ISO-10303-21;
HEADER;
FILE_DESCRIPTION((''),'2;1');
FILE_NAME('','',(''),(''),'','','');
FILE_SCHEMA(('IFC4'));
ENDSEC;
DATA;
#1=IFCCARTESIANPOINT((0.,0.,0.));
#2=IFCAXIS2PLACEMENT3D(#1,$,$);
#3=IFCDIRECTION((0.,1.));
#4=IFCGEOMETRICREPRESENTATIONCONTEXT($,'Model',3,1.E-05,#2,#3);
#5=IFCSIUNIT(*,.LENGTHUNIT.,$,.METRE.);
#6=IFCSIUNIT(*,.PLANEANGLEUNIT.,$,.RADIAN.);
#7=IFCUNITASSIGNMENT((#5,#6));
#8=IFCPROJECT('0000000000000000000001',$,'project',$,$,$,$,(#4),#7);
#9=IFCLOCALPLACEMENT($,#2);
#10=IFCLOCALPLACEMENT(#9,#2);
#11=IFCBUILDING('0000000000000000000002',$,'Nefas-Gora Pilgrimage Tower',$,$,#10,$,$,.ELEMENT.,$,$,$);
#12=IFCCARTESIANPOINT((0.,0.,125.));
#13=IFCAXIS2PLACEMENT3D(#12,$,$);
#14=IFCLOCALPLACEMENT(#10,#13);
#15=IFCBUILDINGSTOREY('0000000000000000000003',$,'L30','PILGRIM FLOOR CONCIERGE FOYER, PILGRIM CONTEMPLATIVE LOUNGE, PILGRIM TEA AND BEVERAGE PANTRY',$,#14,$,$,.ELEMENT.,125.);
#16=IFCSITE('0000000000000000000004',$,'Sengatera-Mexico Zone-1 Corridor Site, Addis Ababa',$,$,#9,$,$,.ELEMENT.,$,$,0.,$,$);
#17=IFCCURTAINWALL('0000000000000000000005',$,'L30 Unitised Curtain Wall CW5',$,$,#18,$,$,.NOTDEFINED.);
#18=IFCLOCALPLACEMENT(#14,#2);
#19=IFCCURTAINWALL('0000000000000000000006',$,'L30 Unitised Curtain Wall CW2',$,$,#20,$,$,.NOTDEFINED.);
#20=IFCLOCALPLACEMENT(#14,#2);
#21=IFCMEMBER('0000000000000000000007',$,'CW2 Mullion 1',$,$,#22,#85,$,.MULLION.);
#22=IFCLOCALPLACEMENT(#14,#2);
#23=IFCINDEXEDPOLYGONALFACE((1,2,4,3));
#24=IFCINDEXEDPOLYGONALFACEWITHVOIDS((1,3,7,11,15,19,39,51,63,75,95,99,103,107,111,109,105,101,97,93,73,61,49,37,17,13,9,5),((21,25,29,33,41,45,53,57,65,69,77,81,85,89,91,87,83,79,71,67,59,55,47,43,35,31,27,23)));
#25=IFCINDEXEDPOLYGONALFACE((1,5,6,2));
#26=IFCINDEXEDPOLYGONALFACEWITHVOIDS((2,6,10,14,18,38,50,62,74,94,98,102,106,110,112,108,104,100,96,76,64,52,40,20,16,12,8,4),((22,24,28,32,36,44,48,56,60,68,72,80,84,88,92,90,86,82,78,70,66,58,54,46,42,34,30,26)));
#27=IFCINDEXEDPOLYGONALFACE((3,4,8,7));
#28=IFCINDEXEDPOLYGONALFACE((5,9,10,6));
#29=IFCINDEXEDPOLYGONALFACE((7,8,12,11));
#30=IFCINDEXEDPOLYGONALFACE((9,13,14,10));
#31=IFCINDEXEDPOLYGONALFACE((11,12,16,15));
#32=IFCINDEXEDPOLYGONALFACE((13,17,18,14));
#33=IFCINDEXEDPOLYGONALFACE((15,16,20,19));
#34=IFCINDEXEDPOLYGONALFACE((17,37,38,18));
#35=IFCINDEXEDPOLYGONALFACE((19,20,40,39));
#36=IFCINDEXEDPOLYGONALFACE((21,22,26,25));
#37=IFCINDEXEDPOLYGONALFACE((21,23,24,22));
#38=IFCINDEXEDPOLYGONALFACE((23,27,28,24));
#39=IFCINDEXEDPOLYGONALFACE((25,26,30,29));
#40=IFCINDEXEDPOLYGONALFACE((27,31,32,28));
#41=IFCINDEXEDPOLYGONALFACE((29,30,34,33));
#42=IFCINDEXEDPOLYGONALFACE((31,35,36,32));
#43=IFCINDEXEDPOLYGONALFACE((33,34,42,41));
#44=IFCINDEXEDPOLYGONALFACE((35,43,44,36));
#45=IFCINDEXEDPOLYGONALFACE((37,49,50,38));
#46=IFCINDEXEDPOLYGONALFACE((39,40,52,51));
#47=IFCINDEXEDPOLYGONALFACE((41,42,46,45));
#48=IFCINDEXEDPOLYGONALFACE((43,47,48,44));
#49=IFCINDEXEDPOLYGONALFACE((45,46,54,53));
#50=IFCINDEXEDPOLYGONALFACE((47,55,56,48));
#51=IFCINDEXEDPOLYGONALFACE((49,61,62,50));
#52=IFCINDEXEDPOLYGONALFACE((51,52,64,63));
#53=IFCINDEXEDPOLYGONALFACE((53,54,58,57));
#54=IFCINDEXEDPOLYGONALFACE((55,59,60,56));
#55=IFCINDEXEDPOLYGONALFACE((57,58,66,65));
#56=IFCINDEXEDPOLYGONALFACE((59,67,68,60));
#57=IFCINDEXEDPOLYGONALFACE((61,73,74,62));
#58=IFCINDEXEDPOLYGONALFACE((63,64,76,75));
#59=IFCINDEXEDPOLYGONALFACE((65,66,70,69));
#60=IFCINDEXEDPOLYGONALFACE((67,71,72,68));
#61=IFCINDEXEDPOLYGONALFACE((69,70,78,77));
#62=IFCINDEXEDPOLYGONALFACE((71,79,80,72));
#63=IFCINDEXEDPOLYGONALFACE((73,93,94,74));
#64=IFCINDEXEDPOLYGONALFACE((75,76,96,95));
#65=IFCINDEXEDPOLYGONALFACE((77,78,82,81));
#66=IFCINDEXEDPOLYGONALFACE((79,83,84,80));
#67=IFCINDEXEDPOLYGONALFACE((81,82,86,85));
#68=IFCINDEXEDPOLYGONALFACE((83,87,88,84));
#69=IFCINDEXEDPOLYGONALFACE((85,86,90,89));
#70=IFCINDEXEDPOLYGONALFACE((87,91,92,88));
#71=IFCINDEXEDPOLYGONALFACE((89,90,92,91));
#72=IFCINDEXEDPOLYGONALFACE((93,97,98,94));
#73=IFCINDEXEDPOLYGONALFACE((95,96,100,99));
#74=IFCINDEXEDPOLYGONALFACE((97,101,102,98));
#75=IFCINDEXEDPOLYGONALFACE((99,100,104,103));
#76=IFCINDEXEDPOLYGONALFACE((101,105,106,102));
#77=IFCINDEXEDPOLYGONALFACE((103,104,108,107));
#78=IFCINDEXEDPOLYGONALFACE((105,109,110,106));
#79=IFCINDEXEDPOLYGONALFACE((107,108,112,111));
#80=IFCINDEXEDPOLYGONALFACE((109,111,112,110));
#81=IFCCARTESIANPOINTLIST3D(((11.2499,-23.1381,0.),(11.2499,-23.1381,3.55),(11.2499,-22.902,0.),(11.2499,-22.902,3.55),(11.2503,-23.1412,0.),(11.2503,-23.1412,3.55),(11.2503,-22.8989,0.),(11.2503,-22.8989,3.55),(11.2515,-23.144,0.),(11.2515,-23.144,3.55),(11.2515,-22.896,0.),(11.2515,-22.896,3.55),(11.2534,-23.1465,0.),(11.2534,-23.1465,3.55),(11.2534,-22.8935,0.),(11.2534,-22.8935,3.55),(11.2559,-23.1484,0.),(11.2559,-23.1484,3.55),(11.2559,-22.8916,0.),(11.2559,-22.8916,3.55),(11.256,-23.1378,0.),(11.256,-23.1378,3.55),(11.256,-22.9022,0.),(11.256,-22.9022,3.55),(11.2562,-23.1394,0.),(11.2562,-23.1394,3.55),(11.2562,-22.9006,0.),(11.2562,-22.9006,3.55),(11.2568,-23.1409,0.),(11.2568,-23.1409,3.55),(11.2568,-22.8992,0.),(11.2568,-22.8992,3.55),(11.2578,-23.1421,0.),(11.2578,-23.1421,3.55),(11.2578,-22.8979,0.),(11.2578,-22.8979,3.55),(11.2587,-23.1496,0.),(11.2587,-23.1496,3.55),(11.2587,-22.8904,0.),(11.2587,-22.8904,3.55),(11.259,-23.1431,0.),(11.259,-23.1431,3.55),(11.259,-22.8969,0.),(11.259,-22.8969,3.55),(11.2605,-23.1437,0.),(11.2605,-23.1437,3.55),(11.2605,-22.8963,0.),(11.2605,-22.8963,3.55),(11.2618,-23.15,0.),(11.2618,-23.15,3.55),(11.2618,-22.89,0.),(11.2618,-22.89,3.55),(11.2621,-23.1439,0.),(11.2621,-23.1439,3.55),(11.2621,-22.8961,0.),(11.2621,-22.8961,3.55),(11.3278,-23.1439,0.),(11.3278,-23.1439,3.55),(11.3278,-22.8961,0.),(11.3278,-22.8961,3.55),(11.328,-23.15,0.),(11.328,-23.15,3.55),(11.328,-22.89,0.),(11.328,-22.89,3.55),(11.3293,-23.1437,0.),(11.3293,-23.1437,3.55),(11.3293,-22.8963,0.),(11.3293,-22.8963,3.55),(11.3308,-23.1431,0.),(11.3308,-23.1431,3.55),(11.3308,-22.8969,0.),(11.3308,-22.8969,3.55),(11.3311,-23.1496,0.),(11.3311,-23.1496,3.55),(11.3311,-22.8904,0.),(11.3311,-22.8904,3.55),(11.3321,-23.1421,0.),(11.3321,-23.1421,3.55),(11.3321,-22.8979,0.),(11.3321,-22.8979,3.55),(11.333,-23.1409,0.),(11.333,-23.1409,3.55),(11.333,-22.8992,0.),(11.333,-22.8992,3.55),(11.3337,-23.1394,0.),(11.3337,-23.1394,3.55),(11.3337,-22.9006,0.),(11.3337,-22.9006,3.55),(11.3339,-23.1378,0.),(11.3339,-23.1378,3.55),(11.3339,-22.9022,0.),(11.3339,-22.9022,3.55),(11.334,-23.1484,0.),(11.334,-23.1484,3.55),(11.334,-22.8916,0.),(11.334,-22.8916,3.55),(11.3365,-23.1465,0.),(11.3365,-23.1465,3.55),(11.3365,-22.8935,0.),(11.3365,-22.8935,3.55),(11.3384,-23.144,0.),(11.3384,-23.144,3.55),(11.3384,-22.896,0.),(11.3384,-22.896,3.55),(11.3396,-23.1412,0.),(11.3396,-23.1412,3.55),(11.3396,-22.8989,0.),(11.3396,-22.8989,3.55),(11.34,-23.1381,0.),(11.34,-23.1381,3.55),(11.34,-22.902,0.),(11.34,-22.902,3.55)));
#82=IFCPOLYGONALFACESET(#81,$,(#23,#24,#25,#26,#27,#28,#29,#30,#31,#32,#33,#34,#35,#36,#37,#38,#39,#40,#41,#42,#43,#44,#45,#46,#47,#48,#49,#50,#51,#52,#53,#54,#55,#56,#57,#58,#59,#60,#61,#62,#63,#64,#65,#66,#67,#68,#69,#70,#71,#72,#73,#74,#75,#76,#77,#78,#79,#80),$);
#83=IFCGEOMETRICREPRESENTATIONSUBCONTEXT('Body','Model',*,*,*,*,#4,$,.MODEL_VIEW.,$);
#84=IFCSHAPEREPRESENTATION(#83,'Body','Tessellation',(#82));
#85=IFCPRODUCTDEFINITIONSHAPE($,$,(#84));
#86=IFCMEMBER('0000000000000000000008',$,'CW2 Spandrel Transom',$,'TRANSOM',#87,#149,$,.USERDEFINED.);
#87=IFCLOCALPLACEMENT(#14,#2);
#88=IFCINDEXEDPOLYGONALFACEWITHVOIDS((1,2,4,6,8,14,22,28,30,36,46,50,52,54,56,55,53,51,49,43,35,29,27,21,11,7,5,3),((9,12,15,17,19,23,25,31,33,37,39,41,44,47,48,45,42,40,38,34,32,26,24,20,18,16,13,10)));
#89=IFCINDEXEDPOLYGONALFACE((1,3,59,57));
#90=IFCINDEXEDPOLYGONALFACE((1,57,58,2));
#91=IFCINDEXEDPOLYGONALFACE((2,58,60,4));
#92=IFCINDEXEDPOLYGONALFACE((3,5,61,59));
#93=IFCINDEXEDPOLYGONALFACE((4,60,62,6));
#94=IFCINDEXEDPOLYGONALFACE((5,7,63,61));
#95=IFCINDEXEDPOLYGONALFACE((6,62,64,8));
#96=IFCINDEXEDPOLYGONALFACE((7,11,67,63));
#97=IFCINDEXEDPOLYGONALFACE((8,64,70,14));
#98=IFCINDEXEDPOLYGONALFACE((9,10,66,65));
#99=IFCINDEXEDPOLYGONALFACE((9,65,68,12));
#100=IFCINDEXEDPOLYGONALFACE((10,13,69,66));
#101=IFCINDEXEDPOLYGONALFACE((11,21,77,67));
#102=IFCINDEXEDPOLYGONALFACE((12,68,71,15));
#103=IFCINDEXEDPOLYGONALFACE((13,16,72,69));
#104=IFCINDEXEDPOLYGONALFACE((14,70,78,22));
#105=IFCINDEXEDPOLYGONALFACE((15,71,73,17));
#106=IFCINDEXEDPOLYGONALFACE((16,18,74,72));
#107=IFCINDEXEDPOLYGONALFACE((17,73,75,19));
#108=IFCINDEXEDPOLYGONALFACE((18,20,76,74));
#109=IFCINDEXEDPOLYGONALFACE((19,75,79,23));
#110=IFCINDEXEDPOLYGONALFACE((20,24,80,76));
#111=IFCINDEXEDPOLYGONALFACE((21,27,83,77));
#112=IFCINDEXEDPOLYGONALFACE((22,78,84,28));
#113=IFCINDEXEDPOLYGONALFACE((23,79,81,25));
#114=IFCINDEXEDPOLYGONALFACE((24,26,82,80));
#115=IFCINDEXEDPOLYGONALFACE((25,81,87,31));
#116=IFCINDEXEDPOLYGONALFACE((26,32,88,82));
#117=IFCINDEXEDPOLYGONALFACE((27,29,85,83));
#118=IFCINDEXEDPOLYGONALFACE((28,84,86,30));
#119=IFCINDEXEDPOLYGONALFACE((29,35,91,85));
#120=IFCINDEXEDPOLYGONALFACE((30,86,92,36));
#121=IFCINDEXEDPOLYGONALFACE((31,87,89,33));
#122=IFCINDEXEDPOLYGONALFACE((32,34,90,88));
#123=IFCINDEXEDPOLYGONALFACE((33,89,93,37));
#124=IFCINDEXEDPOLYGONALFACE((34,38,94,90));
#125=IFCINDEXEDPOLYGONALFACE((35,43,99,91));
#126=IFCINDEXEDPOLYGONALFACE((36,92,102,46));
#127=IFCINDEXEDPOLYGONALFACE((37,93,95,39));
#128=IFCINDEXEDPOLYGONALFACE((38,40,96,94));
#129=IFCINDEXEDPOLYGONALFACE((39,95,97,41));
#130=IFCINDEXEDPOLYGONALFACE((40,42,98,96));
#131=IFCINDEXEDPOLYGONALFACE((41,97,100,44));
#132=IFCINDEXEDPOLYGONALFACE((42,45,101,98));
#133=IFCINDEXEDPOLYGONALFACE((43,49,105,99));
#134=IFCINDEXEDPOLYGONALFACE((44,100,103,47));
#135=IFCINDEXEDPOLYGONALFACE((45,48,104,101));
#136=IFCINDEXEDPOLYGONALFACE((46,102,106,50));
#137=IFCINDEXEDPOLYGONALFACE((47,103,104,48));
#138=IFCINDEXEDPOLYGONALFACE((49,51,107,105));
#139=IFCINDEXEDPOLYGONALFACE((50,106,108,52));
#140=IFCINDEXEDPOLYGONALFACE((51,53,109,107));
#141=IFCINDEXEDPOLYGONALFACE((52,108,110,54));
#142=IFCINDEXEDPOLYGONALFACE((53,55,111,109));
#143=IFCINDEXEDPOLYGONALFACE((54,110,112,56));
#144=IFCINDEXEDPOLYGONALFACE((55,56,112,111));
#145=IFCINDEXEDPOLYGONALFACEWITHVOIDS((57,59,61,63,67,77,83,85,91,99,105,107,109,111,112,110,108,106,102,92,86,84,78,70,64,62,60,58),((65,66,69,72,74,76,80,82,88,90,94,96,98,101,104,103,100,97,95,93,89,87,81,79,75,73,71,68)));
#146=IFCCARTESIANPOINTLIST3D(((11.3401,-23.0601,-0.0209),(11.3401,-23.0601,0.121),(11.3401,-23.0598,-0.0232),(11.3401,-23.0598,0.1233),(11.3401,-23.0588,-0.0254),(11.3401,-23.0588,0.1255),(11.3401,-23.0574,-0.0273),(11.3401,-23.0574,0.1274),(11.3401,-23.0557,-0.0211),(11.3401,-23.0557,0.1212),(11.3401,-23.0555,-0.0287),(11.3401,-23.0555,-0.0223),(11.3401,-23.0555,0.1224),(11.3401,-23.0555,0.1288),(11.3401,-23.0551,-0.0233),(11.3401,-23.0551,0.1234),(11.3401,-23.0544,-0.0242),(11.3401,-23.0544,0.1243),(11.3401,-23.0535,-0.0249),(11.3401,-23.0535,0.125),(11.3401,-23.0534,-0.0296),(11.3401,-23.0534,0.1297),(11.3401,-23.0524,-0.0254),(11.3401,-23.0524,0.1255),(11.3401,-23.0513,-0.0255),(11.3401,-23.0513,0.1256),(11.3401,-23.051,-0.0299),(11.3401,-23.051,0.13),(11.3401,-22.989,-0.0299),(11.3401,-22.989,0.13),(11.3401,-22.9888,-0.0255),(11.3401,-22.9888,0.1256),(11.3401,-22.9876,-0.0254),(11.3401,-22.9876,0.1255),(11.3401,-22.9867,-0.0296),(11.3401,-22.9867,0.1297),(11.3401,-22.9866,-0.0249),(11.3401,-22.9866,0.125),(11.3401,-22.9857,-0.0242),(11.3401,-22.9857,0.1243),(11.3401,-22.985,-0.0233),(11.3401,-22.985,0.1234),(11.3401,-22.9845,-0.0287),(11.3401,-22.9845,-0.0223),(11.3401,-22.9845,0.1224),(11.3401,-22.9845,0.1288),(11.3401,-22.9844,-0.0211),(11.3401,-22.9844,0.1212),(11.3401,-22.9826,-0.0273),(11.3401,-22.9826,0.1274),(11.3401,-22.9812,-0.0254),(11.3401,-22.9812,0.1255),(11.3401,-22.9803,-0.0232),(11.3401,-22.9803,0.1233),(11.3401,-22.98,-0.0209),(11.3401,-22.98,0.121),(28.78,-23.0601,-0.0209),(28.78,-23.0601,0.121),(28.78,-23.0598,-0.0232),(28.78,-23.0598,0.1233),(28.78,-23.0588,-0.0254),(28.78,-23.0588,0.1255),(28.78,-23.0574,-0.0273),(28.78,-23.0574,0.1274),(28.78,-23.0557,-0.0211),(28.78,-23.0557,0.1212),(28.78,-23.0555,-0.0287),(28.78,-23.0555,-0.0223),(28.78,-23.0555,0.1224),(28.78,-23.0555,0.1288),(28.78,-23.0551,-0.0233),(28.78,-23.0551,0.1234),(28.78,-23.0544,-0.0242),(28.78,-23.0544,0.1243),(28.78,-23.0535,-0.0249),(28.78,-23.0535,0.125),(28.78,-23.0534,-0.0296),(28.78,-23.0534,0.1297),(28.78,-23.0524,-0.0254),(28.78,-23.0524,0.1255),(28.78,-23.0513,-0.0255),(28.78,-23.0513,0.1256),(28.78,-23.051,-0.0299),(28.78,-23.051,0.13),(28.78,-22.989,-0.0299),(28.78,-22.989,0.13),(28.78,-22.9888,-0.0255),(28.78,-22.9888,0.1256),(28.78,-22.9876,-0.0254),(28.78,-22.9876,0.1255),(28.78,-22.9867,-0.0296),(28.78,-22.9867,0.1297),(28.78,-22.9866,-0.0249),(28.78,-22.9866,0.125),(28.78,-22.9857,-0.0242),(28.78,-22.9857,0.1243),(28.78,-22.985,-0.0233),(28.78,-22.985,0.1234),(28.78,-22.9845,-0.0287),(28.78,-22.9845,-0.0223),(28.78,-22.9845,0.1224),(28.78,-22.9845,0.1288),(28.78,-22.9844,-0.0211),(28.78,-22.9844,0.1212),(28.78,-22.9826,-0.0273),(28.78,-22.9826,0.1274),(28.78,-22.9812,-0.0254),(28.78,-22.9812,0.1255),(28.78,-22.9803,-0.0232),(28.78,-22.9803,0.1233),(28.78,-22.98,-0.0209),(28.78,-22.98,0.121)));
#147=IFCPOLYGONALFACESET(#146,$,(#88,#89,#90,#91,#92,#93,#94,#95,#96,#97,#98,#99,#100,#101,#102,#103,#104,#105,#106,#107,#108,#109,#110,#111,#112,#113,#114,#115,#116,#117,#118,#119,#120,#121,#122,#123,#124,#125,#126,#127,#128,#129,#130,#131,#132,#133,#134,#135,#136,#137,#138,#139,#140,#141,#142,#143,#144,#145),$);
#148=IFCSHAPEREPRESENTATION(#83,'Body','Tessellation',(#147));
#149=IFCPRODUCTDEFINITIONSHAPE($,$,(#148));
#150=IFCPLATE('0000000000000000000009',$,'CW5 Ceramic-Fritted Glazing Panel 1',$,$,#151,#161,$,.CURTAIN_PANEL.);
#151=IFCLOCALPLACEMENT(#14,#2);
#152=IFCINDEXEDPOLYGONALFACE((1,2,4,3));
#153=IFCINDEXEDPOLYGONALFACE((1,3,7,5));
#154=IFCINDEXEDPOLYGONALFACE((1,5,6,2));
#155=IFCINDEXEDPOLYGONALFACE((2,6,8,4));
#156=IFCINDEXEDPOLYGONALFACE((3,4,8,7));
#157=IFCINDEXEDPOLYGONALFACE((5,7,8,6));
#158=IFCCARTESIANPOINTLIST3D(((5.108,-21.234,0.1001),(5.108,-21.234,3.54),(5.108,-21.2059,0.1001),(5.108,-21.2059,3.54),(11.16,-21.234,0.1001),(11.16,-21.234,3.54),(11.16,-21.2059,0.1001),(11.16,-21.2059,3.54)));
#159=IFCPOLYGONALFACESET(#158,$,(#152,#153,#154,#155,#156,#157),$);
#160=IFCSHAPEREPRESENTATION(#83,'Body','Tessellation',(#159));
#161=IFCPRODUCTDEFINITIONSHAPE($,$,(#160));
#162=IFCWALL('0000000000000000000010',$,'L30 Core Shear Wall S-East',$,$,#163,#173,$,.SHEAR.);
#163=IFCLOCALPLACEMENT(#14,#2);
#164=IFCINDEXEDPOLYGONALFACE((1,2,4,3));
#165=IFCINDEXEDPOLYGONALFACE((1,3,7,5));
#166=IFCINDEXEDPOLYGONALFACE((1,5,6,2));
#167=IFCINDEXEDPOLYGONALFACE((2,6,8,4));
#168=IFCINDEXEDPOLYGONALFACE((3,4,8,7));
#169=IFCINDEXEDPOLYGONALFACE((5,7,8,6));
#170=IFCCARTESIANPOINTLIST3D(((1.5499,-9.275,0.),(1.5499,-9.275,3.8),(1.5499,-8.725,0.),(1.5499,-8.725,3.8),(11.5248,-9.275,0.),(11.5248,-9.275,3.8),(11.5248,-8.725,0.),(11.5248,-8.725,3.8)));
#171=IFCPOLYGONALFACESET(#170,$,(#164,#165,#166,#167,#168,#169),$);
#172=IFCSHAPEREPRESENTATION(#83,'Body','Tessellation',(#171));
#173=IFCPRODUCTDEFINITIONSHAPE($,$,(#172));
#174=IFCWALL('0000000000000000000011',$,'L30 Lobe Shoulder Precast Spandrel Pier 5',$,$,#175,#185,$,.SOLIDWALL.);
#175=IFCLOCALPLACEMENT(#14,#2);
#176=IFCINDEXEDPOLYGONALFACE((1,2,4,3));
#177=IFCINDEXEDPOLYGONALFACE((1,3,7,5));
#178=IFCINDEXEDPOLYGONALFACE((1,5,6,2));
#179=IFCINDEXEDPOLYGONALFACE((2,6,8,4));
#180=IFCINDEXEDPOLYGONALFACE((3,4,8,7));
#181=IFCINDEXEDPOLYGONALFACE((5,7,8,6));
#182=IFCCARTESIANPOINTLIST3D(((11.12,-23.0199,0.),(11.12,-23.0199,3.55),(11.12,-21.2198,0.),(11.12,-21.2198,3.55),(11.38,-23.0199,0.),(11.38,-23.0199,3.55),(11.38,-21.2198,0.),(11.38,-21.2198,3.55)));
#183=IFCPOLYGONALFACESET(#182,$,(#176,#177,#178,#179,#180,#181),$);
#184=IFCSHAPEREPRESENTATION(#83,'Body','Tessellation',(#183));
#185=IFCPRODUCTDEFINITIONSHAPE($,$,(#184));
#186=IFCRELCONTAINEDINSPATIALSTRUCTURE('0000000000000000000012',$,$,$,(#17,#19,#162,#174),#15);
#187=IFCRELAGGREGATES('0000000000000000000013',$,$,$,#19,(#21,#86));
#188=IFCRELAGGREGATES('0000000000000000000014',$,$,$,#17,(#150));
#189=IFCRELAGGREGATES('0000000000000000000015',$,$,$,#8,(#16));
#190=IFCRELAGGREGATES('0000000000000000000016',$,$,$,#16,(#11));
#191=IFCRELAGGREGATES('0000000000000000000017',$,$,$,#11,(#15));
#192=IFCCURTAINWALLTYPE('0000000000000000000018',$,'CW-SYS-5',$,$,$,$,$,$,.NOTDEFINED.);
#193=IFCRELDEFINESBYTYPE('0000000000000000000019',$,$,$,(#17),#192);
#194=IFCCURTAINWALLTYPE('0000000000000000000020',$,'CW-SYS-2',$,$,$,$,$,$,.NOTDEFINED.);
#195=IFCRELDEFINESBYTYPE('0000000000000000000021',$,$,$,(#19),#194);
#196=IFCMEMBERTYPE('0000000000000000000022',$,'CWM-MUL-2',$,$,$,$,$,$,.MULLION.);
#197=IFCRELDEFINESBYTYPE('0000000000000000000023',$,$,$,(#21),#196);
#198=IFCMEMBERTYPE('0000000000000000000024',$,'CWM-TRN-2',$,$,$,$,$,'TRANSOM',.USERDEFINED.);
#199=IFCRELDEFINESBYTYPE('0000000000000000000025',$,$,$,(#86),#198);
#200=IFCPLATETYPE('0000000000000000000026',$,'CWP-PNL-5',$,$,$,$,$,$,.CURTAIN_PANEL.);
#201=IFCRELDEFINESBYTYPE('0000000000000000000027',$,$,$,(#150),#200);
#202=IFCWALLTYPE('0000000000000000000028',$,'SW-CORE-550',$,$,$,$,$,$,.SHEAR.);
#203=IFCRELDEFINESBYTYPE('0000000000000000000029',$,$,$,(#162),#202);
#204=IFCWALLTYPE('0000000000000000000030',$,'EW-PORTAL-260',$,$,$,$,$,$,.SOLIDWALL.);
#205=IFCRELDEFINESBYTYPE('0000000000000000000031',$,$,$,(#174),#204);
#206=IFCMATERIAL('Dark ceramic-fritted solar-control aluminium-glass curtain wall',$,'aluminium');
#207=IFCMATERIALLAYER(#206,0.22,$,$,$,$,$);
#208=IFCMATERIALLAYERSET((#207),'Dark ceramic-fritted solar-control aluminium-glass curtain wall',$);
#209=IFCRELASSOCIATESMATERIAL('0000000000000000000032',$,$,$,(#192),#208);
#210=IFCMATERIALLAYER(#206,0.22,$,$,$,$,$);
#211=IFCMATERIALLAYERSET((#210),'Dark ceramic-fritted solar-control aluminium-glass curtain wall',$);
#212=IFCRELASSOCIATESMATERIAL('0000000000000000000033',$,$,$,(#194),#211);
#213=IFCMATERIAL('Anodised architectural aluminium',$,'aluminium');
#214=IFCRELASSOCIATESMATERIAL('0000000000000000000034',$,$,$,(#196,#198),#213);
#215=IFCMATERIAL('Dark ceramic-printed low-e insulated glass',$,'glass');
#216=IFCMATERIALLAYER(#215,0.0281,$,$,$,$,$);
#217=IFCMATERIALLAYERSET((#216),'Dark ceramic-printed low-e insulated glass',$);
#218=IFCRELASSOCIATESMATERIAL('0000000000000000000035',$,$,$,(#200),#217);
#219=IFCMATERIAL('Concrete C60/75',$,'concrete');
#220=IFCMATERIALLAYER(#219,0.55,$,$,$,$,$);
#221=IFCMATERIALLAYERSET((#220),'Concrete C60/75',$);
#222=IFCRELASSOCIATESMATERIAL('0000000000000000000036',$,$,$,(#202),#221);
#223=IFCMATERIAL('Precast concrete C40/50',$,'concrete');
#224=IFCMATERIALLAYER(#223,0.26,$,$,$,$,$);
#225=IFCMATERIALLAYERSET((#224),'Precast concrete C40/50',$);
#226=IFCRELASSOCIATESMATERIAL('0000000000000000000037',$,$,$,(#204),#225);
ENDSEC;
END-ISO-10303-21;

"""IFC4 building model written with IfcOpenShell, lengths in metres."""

from ifc_helpers import new_model, si_unit, direction, frame, frame_2d, origin, origin_2d, place, context, subcontext, project, spatial, rectangle, hollow_rectangle, extrude, source, transform, mapped, material, layer, layer_set, material_profile, profile_set, type_object, element, aggregate, save


model = new_model("IFC4")

# Units and contexts
model_context = context("Model", 3, precision=1e-05, world=origin(), true_north=direction((0.0, 1.0)))
body_context = subcontext(model_context, "Body", "Model", "MODEL_VIEW")
ifc_project = project(units=[si_unit("LENGTHUNIT", "METRE"), si_unit("PLANEANGLEUNIT", "RADIAN")], contexts=[model_context])

# Site, building, storey
site_placement = place(None, origin())
site = spatial("IfcSite", under=ifc_project, at=site_placement, Name="Sengatera-Mexico Zone-1 Corridor Site, Addis Ababa", CompositionType="ELEMENT", RefElevation=0.0)
building_placement = place(site_placement, origin())
building = spatial("IfcBuilding", under=site, at=building_placement, Name="Nefas-Gora Pilgrimage Tower", CompositionType="ELEMENT")
storey_placement = place(building_placement, frame((0.0, 0.0, 125.0)))
storey = spatial("IfcBuildingStorey", under=building, at=storey_placement, Name="L30", Description="PILGRIM FLOOR CONCIERGE FOYER, PILGRIM CONTEMPLATIVE LOUNGE, PILGRIM TEA AND BEVERAGE PANTRY", CompositionType="ELEMENT", Elevation=125.0)

# Curtain wall
ifc_material_1 = material(Name="Dark ceramic-fritted solar-control aluminium-glass curtain wall", Category="aluminium")
ifc_layer_1 = layer(ifc_material_1, 0.22)
ifc_layer_set_1 = layer_set([ifc_layer_1], Name="Dark ceramic-fritted solar-control aluminium-glass curtain wall")
curtain_wall_type_1 = type_object("IfcCurtainWallType", Name="CW-SYS-5", PredefinedType="NOTDEFINED", material=ifc_layer_set_1)
curtain_wall_1_placement = place(storey_placement, origin())
curtain_wall_1 = element("IfcCurtainWall", 1, at=curtain_wall_1_placement, inside=storey, type_object=curtain_wall_type_1, Name="L30 Unitised Curtain Wall CW5", PredefinedType="NOTDEFINED")
ifc_material_2 = material(Name="Anodised architectural aluminium", Category="aluminium")

# Curtain wall, members
ifc_layer_2 = layer(ifc_material_1, 0.22)
ifc_layer_set_2 = layer_set([ifc_layer_2], Name="Dark ceramic-fritted solar-control aluminium-glass curtain wall")
curtain_wall_type_2 = type_object("IfcCurtainWallType", Name="CW-SYS-2", PredefinedType="NOTDEFINED", material=ifc_layer_set_2)
curtain_wall_2_placement = place(storey_placement, origin())
curtain_wall_2 = element("IfcCurtainWall", 2, at=curtain_wall_2_placement, inside=storey, type_object=curtain_wall_type_2, Name="L30 Unitised Curtain Wall CW2", PredefinedType="NOTDEFINED")
ifc_material_profile_1 = material_profile(ifc_material_2, hollow_rectangle(XDim=0.0901, YDim=0.26, WallThickness=0.0061, InnerFilletRadius=0.0061, OuterFilletRadius=0.012, at=origin_2d()), Name="ALU MULLION 90x260")
ifc_profile_set_1 = profile_set([ifc_material_profile_1], Name="Anodised architectural aluminium")
member_type_1 = type_object("IfcMemberType", Name="CWM-MUL-2", PredefinedType="MULLION", material=ifc_profile_set_1)
shared_shape_1 = source(origin(), body_context, "Body", "SweptSolid", [
    extrude(hollow_rectangle(XDim=0.0901, YDim=0.26, WallThickness=0.0061, InnerFilletRadius=0.0061, OuterFilletRadius=0.012, at=origin_2d()), origin(), (0.0, 0.0, 1.0), 3.55),
])
member_1_placement = place(storey_placement, frame((11.2949, -23.02, 0.0), z_axis=(0.0, 0.0, 1.0), x_axis=(1.0, 0.0, 0.0)))
member_1 = element("IfcMember", 3, at=member_1_placement, type_object=member_type_1, Name="CW2 Mullion 1", PredefinedType="MULLION", context=body_context, shape_type="MappedRepresentation", body=[
    mapped(shared_shape_1, transform((0.0, 0.0, 0.0), x_axis=(1.0, 0.0, 0.0), y_axis=(0.0, 1.0, 0.0), z_axis=(0.0, 0.0, 1.0), scale=1.0)),
])
ifc_material_profile_2 = material_profile(ifc_material_2, hollow_rectangle(XDim=0.0801, YDim=0.1599, WallThickness=0.0044, InnerFilletRadius=0.0044, OuterFilletRadius=0.009, at=origin_2d()), Name="ALU TRANSOM 80x160")
ifc_profile_set_2 = profile_set([ifc_material_profile_2], Name="Anodised architectural aluminium")
member_type_2 = type_object("IfcMemberType", Name="CWM-TRN-2", ElementType="TRANSOM", PredefinedType="USERDEFINED", material=ifc_profile_set_2)
shared_shape_2 = source(origin(), body_context, "Body", "SweptSolid", [
    extrude(hollow_rectangle(XDim=0.0801, YDim=0.1599, WallThickness=0.0044, InnerFilletRadius=0.0044, OuterFilletRadius=0.009, at=origin_2d()), origin(), (0.0, 0.0, 1.0), 17.4399),
])
member_2_placement = place(storey_placement, frame((11.3401, -23.02, 0.05), z_axis=(1.0, 0.0, 0.0), x_axis=(0.0, 1.0, 0.0)))
member_2 = element("IfcMember", 4, at=member_2_placement, type_object=member_type_2, Name="CW2 Spandrel Transom", ObjectType="TRANSOM", PredefinedType="USERDEFINED", context=body_context, shape_type="MappedRepresentation", body=[
    mapped(shared_shape_2, transform((0.0, 0.0, 0.0), x_axis=(1.0, 0.0, 0.0), y_axis=(0.0, 1.0, 0.0), z_axis=(0.0, 0.0, 1.0), scale=1.0)),
])
aggregate(curtain_wall_2, [member_1, member_2])

# Plate
ifc_material_3 = material(Name="Dark ceramic-printed low-e insulated glass", Category="glass")
ifc_layer_3 = layer(ifc_material_3, 0.0281)
ifc_layer_set_3 = layer_set([ifc_layer_3], Name="Dark ceramic-printed low-e insulated glass")
plate_type = type_object("IfcPlateType", Name="CWP-PNL-5", PredefinedType="CURTAIN_PANEL", material=ifc_layer_set_3)
shared_shape_3 = source(origin(), body_context, "Body", "SweptSolid", [
    extrude(rectangle(XDim=6.052, YDim=0.0281, at=origin_2d()), origin(), (0.0, 0.0, 1.0), 3.4399),
])
plate_placement = place(storey_placement, frame((8.134, -21.22, 0.1001), z_axis=(0.0, 0.0, 1.0), x_axis=(1.0, 0.0, 0.0)))
plate = element("IfcPlate", 5, at=plate_placement, type_object=plate_type, Name="CW5 Ceramic-Fritted Glazing Panel 1", PredefinedType="CURTAIN_PANEL", context=body_context, shape_type="MappedRepresentation", body=[
    mapped(shared_shape_3, transform((0.0, 0.0, 0.0), x_axis=(1.0, 0.0, 0.0), y_axis=(0.0, 1.0, 0.0), z_axis=(0.0, 0.0, 1.0), scale=1.0)),
])
aggregate(curtain_wall_1, [plate])

# Walls
ifc_material_4 = material(Name="Concrete C60/75", Category="concrete")
ifc_layer_4 = layer(ifc_material_4, 0.55)
ifc_layer_set_4 = layer_set([ifc_layer_4], Name="Concrete C60/75")
wall_type_1 = type_object("IfcWallType", Name="SW-CORE-550", PredefinedType="SHEAR", material=ifc_layer_set_4)
shared_shape_4 = source(origin(), body_context, "Body", "SweptSolid", [
    extrude(rectangle(XDim=9.9749, YDim=0.55, at=frame_2d((4.9873, 0.0))), origin(), (0.0, 0.0, 1.0), 3.8),
])
wall_1_placement = place(storey_placement, frame((1.55, -9.0, 0.0), z_axis=(0.0, 0.0, 1.0), x_axis=(1.0, 0.0, 0.0)))
element("IfcWall", 6, at=wall_1_placement, inside=storey, type_object=wall_type_1, Name="L30 Core Shear Wall S-East", PredefinedType="SHEAR", context=body_context, shape_type="MappedRepresentation", body=[
    mapped(shared_shape_4, transform((0.0, 0.0, 0.0), x_axis=(1.0, 0.0, 0.0), y_axis=(0.0, 1.0, 0.0), z_axis=(0.0, 0.0, 1.0), scale=1.0)),
])
ifc_material_5 = material(Name="Precast concrete C40/50", Category="concrete")
ifc_layer_5 = layer(ifc_material_5, 0.26)
ifc_layer_set_5 = layer_set([ifc_layer_5], Name="Precast concrete C40/50")
wall_type_2 = type_object("IfcWallType", Name="EW-PORTAL-260", PredefinedType="SOLIDWALL", material=ifc_layer_set_5)
shared_shape_5 = source(origin(), body_context, "Body", "SweptSolid", [
    extrude(rectangle(XDim=1.8, YDim=0.26, at=frame_2d((0.8999, 0.0))), origin(), (0.0, 0.0, 1.0), 3.55),
])
wall_2_placement = place(storey_placement, frame((11.25, -21.22, 0.0), z_axis=(0.0, 0.0, 1.0), x_axis=(0.0, -1.0, 0.0)))
element("IfcWall", 7, at=wall_2_placement, inside=storey, type_object=wall_type_2, Name="L30 Lobe Shoulder Precast Spandrel Pier 5", PredefinedType="SOLIDWALL", context=body_context, shape_type="MappedRepresentation", body=[
    mapped(shared_shape_5, transform((0.0, 0.0, 0.0), x_axis=(1.0, 0.0, 0.0), y_axis=(0.0, 1.0, 0.0), z_axis=(0.0, 0.0, 1.0), scale=1.0)),
])

save(model, "model.ifc")
